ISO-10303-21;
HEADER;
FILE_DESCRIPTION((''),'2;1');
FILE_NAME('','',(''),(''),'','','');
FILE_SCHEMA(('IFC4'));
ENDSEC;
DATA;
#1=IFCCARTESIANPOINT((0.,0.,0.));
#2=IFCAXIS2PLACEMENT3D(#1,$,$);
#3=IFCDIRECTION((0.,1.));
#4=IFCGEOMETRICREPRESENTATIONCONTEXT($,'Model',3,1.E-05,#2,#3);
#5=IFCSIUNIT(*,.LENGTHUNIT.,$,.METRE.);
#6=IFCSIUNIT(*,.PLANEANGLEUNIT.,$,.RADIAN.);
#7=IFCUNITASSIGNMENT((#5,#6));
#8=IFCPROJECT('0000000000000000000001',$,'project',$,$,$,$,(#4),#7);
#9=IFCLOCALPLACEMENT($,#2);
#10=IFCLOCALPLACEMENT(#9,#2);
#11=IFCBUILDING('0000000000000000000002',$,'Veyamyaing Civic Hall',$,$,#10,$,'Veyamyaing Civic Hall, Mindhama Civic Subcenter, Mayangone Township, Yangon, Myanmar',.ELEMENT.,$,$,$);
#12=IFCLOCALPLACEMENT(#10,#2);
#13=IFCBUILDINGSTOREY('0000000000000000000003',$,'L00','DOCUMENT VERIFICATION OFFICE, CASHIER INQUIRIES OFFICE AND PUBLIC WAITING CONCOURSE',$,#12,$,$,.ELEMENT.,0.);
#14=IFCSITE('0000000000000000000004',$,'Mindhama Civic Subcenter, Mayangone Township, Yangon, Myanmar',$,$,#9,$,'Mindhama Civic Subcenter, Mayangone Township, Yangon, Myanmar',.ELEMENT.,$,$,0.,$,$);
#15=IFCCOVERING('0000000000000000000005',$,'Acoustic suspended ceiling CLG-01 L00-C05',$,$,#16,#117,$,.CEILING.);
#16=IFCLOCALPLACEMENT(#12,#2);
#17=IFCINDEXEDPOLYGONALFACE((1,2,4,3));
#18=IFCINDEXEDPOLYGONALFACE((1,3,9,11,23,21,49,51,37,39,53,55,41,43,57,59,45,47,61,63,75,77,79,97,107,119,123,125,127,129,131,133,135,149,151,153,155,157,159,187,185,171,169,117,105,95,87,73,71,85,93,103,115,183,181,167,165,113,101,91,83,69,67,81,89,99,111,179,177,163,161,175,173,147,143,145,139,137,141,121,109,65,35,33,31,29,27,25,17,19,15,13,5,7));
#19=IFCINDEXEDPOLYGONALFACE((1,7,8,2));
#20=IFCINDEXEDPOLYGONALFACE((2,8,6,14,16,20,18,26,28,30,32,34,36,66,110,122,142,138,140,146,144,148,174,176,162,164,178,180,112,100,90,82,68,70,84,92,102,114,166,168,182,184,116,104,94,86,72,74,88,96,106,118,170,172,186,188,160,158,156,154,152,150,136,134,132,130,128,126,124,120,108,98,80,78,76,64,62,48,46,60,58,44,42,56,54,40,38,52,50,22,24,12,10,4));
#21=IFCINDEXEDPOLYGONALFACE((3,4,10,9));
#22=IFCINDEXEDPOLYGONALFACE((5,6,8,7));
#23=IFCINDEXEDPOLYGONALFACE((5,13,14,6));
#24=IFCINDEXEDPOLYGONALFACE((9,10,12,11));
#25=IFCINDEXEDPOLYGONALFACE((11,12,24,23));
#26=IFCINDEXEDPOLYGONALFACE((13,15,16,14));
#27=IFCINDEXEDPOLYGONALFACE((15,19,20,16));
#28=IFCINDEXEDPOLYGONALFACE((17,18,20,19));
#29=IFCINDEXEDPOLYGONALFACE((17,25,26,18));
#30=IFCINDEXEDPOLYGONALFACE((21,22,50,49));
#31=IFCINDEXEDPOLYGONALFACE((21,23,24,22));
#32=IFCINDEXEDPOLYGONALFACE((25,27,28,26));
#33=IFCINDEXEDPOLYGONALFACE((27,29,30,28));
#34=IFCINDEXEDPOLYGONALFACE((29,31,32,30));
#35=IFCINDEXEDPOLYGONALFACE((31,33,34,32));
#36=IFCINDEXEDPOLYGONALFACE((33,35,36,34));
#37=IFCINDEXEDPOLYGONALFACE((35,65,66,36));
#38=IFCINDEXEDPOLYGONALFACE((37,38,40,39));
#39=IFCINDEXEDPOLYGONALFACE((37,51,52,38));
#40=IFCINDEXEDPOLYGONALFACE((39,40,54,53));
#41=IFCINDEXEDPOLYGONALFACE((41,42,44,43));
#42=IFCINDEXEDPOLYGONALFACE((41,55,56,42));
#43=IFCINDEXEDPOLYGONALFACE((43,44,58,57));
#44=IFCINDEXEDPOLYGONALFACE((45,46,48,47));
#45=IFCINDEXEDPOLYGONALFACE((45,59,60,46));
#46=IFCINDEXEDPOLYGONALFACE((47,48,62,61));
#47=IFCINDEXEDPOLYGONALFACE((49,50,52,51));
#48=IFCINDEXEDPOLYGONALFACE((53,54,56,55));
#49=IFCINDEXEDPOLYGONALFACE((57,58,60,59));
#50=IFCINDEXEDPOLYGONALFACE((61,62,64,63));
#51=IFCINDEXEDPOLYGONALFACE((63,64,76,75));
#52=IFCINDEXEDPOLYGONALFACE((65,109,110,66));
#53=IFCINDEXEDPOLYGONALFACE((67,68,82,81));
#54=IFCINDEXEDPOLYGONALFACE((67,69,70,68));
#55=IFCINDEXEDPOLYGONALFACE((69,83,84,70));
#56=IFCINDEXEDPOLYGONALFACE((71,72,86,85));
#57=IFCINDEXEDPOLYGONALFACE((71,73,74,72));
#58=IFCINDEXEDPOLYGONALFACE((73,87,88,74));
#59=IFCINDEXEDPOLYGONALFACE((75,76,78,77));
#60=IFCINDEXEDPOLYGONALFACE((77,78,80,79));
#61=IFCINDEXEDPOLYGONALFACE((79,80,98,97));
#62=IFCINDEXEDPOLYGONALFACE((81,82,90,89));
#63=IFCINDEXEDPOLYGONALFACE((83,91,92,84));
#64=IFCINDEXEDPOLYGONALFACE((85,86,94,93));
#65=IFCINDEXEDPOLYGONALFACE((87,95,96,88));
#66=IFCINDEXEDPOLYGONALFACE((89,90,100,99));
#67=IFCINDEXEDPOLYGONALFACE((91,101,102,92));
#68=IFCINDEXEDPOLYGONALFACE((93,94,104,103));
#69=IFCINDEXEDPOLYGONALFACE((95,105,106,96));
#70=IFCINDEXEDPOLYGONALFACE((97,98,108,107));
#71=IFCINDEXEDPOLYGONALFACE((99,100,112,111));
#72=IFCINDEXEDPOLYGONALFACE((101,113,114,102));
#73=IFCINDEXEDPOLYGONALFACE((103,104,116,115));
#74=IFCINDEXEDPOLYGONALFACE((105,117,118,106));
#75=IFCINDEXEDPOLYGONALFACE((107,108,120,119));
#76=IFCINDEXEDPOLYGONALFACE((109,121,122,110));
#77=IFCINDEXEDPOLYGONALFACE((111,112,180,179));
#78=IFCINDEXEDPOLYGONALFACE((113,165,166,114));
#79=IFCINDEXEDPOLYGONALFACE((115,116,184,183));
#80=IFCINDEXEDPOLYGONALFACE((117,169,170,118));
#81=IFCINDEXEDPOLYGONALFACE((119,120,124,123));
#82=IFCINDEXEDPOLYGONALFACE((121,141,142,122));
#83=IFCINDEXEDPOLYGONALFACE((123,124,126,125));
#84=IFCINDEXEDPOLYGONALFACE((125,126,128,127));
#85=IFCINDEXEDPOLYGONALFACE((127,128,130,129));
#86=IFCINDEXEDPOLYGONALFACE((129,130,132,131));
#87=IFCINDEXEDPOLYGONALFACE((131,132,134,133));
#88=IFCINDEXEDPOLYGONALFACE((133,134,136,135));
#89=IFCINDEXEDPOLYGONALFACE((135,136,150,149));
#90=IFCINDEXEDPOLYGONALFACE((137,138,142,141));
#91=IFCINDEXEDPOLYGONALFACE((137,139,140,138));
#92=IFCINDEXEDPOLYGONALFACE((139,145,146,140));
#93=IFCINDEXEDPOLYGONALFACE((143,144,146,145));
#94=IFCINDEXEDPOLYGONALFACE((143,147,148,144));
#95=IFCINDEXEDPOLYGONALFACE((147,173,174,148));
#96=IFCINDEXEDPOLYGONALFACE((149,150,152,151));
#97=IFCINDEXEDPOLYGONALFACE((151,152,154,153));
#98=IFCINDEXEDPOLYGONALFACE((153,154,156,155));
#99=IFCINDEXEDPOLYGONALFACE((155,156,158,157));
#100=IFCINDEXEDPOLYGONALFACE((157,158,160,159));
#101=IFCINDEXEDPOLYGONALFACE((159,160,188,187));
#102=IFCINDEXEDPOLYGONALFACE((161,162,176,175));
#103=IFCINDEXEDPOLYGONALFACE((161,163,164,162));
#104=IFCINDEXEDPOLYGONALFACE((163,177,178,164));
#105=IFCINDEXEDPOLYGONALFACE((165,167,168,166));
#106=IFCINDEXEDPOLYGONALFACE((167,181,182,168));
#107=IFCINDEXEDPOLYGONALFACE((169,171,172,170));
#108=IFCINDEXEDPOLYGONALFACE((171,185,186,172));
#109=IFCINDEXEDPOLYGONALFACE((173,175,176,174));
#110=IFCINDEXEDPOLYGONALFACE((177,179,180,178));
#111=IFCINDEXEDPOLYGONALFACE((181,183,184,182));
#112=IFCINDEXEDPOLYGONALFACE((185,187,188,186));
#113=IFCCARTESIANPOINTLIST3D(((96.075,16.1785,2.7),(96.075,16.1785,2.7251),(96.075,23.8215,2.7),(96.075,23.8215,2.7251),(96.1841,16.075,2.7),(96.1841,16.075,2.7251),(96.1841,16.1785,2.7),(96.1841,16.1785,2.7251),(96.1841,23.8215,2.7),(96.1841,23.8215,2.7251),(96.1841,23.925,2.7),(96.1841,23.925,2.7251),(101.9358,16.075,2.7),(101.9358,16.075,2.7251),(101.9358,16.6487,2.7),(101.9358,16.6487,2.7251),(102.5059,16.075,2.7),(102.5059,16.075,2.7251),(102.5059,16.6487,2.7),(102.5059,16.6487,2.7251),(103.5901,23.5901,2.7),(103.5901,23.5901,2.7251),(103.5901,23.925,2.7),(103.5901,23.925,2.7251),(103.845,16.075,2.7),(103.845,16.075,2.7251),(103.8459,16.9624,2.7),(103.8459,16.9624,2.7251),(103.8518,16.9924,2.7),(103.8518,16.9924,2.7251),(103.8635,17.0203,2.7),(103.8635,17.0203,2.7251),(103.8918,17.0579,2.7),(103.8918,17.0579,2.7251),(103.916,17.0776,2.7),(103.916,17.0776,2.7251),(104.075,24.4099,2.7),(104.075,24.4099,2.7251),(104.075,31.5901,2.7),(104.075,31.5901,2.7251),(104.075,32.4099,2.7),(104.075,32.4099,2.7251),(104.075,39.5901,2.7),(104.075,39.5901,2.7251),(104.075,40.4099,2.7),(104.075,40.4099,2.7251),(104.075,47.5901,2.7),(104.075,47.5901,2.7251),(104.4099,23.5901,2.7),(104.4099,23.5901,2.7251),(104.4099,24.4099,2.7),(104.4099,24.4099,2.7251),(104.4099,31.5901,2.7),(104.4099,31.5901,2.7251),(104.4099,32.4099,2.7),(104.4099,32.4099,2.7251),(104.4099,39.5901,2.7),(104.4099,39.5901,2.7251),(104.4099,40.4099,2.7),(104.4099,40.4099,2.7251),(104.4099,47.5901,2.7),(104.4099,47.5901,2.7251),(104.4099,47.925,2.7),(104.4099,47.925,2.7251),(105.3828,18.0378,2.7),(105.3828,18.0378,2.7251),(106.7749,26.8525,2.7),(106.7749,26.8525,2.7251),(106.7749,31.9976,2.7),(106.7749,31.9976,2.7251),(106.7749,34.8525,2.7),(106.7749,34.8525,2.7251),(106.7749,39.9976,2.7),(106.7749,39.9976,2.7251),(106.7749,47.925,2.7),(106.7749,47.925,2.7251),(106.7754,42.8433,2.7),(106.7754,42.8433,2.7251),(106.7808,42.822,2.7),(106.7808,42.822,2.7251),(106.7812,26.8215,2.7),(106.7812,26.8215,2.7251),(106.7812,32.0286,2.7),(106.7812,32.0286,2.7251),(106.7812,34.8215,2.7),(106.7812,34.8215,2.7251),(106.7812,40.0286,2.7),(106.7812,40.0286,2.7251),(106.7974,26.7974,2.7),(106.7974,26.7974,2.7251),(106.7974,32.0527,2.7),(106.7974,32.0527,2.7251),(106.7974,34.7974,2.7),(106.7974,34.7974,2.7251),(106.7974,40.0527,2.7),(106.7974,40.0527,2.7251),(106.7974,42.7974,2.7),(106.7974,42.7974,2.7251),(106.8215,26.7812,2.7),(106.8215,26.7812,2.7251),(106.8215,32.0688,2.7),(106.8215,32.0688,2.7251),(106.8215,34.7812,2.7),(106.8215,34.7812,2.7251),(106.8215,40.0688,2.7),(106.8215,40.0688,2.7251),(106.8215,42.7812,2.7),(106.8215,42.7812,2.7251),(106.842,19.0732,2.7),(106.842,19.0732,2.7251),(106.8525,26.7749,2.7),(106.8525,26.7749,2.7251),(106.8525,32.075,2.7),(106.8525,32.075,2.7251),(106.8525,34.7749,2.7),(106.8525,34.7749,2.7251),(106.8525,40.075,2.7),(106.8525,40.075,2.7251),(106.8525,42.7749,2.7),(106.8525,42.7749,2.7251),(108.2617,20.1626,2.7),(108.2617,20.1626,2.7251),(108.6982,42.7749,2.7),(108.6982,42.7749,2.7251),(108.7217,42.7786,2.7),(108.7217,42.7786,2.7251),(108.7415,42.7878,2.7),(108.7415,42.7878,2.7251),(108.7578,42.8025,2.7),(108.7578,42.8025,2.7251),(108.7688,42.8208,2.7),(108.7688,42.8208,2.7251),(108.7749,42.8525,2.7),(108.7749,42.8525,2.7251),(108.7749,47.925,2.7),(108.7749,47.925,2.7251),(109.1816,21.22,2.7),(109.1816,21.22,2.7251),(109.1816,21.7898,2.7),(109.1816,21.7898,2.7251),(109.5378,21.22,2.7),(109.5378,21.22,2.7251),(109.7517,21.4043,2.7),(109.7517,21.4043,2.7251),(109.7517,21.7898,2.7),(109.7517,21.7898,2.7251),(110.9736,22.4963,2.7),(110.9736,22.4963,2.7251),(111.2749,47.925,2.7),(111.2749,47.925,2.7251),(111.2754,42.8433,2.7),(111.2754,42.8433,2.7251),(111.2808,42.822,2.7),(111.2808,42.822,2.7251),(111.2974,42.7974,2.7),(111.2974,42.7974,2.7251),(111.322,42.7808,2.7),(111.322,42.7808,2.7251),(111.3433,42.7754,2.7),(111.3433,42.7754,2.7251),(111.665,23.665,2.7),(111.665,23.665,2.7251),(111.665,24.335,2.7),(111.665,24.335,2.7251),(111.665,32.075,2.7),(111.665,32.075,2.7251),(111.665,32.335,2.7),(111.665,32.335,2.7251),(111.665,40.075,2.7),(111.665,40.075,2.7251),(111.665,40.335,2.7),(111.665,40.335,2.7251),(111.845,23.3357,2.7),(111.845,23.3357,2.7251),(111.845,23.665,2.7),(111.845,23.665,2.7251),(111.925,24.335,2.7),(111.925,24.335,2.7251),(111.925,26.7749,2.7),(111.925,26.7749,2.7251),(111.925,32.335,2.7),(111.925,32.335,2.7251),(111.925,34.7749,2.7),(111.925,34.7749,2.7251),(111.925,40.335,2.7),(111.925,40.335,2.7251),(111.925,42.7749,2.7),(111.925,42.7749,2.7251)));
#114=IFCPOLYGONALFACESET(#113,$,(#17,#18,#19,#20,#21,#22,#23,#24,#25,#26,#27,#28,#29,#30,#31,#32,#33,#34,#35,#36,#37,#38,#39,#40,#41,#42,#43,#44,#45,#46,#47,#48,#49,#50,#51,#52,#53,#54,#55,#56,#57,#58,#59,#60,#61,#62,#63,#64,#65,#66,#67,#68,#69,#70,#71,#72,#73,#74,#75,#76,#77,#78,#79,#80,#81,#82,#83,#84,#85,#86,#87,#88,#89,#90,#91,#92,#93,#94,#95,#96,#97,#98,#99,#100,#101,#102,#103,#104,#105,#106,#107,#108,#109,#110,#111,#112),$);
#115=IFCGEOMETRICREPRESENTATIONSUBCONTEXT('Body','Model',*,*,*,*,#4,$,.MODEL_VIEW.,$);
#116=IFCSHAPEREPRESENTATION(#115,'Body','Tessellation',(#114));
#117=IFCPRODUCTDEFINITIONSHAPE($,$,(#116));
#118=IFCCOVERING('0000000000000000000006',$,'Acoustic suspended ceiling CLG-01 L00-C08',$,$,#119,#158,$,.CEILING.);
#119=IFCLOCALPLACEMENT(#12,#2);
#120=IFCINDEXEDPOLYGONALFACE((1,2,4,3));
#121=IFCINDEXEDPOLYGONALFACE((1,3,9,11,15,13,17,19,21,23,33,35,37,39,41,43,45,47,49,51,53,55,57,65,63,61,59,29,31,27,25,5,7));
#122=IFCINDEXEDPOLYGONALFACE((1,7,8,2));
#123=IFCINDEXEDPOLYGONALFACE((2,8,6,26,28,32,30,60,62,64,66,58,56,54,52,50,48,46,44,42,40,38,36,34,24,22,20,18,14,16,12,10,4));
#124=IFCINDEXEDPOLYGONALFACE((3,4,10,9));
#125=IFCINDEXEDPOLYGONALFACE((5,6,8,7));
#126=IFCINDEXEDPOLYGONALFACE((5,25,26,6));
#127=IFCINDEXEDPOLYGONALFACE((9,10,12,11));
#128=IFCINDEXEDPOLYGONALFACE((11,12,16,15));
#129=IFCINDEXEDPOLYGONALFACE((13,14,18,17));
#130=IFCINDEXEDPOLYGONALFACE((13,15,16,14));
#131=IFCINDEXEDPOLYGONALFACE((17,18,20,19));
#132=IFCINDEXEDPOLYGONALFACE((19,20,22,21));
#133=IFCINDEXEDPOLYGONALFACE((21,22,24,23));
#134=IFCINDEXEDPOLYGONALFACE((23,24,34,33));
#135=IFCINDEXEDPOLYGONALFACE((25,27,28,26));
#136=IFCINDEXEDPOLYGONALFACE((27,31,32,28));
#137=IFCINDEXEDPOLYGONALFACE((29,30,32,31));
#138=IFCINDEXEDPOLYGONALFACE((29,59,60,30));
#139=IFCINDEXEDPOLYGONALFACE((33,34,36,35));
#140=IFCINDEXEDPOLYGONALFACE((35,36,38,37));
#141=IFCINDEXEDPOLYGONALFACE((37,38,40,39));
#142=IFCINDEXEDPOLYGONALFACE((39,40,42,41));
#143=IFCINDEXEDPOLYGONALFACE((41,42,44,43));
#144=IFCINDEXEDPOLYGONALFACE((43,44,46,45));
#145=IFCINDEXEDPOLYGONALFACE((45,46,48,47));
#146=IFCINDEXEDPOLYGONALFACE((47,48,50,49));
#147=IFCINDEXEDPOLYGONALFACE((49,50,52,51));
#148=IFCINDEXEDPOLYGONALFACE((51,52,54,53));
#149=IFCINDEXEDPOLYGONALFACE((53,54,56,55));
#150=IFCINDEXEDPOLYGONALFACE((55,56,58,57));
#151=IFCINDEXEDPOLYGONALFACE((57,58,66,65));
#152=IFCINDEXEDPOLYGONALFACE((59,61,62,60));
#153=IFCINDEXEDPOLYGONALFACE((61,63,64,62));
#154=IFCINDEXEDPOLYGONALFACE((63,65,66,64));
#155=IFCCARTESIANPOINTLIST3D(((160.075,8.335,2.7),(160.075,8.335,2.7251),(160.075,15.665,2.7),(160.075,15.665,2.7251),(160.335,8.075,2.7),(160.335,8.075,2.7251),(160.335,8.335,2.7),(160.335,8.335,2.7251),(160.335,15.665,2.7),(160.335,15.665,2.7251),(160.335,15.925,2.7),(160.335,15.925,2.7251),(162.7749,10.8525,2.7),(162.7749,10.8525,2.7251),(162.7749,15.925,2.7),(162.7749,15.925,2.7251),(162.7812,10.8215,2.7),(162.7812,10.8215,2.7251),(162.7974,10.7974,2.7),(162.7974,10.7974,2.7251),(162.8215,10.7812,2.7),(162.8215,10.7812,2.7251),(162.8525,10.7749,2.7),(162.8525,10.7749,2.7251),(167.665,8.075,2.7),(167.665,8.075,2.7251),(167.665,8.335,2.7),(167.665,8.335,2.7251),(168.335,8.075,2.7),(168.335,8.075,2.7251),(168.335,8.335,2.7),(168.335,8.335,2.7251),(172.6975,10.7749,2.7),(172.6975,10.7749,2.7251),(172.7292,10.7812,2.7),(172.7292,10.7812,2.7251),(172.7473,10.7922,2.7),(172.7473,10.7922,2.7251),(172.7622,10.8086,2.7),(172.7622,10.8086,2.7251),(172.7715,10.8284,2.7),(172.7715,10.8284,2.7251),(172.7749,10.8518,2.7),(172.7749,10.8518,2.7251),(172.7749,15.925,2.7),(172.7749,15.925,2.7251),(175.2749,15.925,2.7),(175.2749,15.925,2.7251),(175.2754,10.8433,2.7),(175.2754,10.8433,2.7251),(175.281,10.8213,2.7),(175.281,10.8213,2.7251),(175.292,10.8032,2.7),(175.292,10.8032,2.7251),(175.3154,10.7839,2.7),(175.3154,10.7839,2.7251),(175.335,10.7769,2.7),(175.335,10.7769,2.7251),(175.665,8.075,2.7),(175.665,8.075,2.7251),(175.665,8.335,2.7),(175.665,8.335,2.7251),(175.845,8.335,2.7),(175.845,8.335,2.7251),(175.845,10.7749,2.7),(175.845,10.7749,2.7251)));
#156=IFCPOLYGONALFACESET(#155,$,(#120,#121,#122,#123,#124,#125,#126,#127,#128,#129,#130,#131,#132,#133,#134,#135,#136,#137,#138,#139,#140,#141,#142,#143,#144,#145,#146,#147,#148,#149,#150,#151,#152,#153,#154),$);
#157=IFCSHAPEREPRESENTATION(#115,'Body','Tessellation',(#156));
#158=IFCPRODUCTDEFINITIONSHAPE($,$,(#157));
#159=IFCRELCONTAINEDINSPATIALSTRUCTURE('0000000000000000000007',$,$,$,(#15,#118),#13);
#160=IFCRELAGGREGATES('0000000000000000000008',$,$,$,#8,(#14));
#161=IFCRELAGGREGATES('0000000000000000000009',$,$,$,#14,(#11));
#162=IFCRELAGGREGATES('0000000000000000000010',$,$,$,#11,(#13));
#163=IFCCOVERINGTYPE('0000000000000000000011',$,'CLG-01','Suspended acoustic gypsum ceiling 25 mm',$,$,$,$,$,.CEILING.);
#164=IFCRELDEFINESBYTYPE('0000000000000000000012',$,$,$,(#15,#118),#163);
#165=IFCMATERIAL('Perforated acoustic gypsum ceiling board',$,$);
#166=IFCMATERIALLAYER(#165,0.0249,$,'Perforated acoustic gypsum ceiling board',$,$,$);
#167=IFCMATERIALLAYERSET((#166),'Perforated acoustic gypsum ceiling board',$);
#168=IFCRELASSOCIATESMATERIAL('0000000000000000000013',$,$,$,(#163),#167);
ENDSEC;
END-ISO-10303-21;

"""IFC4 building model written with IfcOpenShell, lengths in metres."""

from ifc_helpers import new_model, si_unit, direction, frame, origin, place, context, subcontext, project, spatial, polyline, outline, extrude, material, layer, layer_set, type_object, element, save


model = new_model("IFC4")

# Units and contexts
model_context = context("Model", 3, precision=1e-05, world=origin(), true_north=direction((0.0, 1.0)))
body_context = subcontext(model_context, "Body", "Model", "MODEL_VIEW")
ifc_project = project(units=[si_unit("LENGTHUNIT", "METRE"), si_unit("PLANEANGLEUNIT", "RADIAN")], contexts=[model_context])

# Site, building, storey
site_placement = place(None, origin())
site = spatial("IfcSite", under=ifc_project, at=site_placement, Name="Mindhama Civic Subcenter, Mayangone Township, Yangon, Myanmar", LongName="Mindhama Civic Subcenter, Mayangone Township, Yangon, Myanmar", CompositionType="ELEMENT", RefElevation=0.0)
building_placement = place(site_placement, origin())
building = spatial("IfcBuilding", under=site, at=building_placement, Name="Veyamyaing Civic Hall", LongName="Veyamyaing Civic Hall, Mindhama Civic Subcenter, Mayangone Township, Yangon, Myanmar", CompositionType="ELEMENT")
storey_placement = place(building_placement, origin())
storey = spatial("IfcBuildingStorey", under=building, at=storey_placement, Name="L00", Description="DOCUMENT VERIFICATION OFFICE, CASHIER INQUIRIES OFFICE AND PUBLIC WAITING CONCOURSE", CompositionType="ELEMENT", Elevation=0.0)

# Coverings
ifc_material_1 = material(Name="Perforated acoustic gypsum ceiling board")
ifc_layer_1 = layer(ifc_material_1, 0.0249, Name="Perforated acoustic gypsum ceiling board")
ifc_layer_set_1 = layer_set([ifc_layer_1], Name="Perforated acoustic gypsum ceiling board")
covering_type_1 = type_object("IfcCoveringType", Name="CLG-01", Description="Suspended acoustic gypsum ceiling 25 mm", PredefinedType="CEILING", material=ifc_layer_set_1)
covering_1_placement = place(storey_placement, frame((0.0, 0.0, 2.7)))
element("IfcCovering", 1, at=covering_1_placement, inside=storey, type_object=covering_type_1, Name="Acoustic suspended ceiling CLG-01 L00-C05", PredefinedType="CEILING", context=body_context, shape_type="SweptSolid", body=[
    extrude(outline(polyline([(106.7808, 42.822), (106.7974, 42.7974), (106.8215, 42.7812), (106.8525, 42.7749), (108.6982, 42.7749), (108.7217, 42.7786), (108.7415, 42.7878), (108.7578, 42.8025), (108.7688, 42.8208), (108.7749, 42.8525), (108.7749, 47.925), (111.2749, 47.925), (111.2754, 42.8433), (111.2808, 42.822), (111.2974, 42.7974), (111.322, 42.7808), (111.3433, 42.7754), (111.925, 42.7749), (111.925, 40.335), (111.665, 40.335), (111.665, 40.075), (106.8525, 40.075), (106.8215, 40.0688), (106.7974, 40.0527), (106.7812, 40.0286), (106.7749, 39.9976), (106.7749, 34.8525), (106.7812, 34.8215), (106.7974, 34.7974), (106.8215, 34.7812), (106.8525, 34.7749), (111.925, 34.7749), (111.925, 32.335), (111.665, 32.335), (111.665, 32.075), (106.8525, 32.075), (106.8215, 32.0688), (106.7974, 32.0527), (106.7812, 32.0286), (106.7749, 31.9976), (106.7749, 26.8525), (106.7812, 26.8215), (106.7974, 26.7974), (106.8215, 26.7812), (106.8525, 26.7749), (111.925, 26.7749), (111.925, 24.335), (111.665, 24.335), (111.665, 23.665), (111.845, 23.665), (111.845, 23.3357), (110.9736, 22.4963), (109.7517, 21.4043), (109.7517, 21.7898), (109.1816, 21.7898), (109.1816, 21.22), (109.5378, 21.22), (108.2617, 20.1626), (106.842, 19.0732), (105.3828, 18.0378), (103.916, 17.0776), (103.8918, 17.0579), (103.8635, 17.0203), (103.8518, 16.9924), (103.8459, 16.9624), (103.845, 16.075), (102.5059, 16.075), (102.5059, 16.6487), (101.9358, 16.6487), (101.9358, 16.075), (96.1841, 16.075), (96.1841, 16.1785), (96.075, 16.1785), (96.075, 23.8215), (96.1841, 23.8215), (96.1841, 23.925), (103.5901, 23.925), (103.5901, 23.5901), (104.4099, 23.5901), (104.4099, 24.4099), (104.075, 24.4099), (104.075, 31.5901), (104.4099, 31.5901), (104.4099, 32.4099), (104.075, 32.4099), (104.075, 39.5901), (104.4099, 39.5901), (104.4099, 40.4099), (104.075, 40.4099), (104.075, 47.5901), (104.4099, 47.5901), (104.4099, 47.925), (106.7749, 47.925), (106.7754, 42.8433), (106.7808, 42.822)])), origin(), (0.0, 0.0, 1.0), 0.0251),
])
covering_2_placement = place(storey_placement, frame((0.0, 0.0, 2.7)))
element("IfcCovering", 2, at=covering_2_placement, inside=storey, type_object=covering_type_1, Name="Acoustic suspended ceiling CLG-01 L00-C08", PredefinedType="CEILING", context=body_context, shape_type="SweptSolid", body=[
    extrude(outline(polyline([(162.7812, 10.8215), (162.7974, 10.7974), (162.8215, 10.7812), (162.8525, 10.7749), (172.6975, 10.7749), (172.7292, 10.7812), (172.7473, 10.7922), (172.7622, 10.8086), (172.7715, 10.8284), (172.7749, 10.8518), (172.7749, 15.925), (175.2749, 15.925), (175.2754, 10.8433), (175.281, 10.8213), (175.292, 10.8032), (175.3154, 10.7839), (175.335, 10.7769), (175.845, 10.7749), (175.845, 8.335), (175.665, 8.335), (175.665, 8.075), (168.335, 8.075), (168.335, 8.335), (167.665, 8.335), (167.665, 8.075), (160.335, 8.075), (160.335, 8.335), (160.075, 8.335), (160.075, 15.665), (160.335, 15.665), (160.335, 15.925), (162.7749, 15.925), (162.7749, 10.8525), (162.7812, 10.8215)])), origin(), (0.0, 0.0, 1.0), 0.0251),
])

save(model, "model.ifc")
